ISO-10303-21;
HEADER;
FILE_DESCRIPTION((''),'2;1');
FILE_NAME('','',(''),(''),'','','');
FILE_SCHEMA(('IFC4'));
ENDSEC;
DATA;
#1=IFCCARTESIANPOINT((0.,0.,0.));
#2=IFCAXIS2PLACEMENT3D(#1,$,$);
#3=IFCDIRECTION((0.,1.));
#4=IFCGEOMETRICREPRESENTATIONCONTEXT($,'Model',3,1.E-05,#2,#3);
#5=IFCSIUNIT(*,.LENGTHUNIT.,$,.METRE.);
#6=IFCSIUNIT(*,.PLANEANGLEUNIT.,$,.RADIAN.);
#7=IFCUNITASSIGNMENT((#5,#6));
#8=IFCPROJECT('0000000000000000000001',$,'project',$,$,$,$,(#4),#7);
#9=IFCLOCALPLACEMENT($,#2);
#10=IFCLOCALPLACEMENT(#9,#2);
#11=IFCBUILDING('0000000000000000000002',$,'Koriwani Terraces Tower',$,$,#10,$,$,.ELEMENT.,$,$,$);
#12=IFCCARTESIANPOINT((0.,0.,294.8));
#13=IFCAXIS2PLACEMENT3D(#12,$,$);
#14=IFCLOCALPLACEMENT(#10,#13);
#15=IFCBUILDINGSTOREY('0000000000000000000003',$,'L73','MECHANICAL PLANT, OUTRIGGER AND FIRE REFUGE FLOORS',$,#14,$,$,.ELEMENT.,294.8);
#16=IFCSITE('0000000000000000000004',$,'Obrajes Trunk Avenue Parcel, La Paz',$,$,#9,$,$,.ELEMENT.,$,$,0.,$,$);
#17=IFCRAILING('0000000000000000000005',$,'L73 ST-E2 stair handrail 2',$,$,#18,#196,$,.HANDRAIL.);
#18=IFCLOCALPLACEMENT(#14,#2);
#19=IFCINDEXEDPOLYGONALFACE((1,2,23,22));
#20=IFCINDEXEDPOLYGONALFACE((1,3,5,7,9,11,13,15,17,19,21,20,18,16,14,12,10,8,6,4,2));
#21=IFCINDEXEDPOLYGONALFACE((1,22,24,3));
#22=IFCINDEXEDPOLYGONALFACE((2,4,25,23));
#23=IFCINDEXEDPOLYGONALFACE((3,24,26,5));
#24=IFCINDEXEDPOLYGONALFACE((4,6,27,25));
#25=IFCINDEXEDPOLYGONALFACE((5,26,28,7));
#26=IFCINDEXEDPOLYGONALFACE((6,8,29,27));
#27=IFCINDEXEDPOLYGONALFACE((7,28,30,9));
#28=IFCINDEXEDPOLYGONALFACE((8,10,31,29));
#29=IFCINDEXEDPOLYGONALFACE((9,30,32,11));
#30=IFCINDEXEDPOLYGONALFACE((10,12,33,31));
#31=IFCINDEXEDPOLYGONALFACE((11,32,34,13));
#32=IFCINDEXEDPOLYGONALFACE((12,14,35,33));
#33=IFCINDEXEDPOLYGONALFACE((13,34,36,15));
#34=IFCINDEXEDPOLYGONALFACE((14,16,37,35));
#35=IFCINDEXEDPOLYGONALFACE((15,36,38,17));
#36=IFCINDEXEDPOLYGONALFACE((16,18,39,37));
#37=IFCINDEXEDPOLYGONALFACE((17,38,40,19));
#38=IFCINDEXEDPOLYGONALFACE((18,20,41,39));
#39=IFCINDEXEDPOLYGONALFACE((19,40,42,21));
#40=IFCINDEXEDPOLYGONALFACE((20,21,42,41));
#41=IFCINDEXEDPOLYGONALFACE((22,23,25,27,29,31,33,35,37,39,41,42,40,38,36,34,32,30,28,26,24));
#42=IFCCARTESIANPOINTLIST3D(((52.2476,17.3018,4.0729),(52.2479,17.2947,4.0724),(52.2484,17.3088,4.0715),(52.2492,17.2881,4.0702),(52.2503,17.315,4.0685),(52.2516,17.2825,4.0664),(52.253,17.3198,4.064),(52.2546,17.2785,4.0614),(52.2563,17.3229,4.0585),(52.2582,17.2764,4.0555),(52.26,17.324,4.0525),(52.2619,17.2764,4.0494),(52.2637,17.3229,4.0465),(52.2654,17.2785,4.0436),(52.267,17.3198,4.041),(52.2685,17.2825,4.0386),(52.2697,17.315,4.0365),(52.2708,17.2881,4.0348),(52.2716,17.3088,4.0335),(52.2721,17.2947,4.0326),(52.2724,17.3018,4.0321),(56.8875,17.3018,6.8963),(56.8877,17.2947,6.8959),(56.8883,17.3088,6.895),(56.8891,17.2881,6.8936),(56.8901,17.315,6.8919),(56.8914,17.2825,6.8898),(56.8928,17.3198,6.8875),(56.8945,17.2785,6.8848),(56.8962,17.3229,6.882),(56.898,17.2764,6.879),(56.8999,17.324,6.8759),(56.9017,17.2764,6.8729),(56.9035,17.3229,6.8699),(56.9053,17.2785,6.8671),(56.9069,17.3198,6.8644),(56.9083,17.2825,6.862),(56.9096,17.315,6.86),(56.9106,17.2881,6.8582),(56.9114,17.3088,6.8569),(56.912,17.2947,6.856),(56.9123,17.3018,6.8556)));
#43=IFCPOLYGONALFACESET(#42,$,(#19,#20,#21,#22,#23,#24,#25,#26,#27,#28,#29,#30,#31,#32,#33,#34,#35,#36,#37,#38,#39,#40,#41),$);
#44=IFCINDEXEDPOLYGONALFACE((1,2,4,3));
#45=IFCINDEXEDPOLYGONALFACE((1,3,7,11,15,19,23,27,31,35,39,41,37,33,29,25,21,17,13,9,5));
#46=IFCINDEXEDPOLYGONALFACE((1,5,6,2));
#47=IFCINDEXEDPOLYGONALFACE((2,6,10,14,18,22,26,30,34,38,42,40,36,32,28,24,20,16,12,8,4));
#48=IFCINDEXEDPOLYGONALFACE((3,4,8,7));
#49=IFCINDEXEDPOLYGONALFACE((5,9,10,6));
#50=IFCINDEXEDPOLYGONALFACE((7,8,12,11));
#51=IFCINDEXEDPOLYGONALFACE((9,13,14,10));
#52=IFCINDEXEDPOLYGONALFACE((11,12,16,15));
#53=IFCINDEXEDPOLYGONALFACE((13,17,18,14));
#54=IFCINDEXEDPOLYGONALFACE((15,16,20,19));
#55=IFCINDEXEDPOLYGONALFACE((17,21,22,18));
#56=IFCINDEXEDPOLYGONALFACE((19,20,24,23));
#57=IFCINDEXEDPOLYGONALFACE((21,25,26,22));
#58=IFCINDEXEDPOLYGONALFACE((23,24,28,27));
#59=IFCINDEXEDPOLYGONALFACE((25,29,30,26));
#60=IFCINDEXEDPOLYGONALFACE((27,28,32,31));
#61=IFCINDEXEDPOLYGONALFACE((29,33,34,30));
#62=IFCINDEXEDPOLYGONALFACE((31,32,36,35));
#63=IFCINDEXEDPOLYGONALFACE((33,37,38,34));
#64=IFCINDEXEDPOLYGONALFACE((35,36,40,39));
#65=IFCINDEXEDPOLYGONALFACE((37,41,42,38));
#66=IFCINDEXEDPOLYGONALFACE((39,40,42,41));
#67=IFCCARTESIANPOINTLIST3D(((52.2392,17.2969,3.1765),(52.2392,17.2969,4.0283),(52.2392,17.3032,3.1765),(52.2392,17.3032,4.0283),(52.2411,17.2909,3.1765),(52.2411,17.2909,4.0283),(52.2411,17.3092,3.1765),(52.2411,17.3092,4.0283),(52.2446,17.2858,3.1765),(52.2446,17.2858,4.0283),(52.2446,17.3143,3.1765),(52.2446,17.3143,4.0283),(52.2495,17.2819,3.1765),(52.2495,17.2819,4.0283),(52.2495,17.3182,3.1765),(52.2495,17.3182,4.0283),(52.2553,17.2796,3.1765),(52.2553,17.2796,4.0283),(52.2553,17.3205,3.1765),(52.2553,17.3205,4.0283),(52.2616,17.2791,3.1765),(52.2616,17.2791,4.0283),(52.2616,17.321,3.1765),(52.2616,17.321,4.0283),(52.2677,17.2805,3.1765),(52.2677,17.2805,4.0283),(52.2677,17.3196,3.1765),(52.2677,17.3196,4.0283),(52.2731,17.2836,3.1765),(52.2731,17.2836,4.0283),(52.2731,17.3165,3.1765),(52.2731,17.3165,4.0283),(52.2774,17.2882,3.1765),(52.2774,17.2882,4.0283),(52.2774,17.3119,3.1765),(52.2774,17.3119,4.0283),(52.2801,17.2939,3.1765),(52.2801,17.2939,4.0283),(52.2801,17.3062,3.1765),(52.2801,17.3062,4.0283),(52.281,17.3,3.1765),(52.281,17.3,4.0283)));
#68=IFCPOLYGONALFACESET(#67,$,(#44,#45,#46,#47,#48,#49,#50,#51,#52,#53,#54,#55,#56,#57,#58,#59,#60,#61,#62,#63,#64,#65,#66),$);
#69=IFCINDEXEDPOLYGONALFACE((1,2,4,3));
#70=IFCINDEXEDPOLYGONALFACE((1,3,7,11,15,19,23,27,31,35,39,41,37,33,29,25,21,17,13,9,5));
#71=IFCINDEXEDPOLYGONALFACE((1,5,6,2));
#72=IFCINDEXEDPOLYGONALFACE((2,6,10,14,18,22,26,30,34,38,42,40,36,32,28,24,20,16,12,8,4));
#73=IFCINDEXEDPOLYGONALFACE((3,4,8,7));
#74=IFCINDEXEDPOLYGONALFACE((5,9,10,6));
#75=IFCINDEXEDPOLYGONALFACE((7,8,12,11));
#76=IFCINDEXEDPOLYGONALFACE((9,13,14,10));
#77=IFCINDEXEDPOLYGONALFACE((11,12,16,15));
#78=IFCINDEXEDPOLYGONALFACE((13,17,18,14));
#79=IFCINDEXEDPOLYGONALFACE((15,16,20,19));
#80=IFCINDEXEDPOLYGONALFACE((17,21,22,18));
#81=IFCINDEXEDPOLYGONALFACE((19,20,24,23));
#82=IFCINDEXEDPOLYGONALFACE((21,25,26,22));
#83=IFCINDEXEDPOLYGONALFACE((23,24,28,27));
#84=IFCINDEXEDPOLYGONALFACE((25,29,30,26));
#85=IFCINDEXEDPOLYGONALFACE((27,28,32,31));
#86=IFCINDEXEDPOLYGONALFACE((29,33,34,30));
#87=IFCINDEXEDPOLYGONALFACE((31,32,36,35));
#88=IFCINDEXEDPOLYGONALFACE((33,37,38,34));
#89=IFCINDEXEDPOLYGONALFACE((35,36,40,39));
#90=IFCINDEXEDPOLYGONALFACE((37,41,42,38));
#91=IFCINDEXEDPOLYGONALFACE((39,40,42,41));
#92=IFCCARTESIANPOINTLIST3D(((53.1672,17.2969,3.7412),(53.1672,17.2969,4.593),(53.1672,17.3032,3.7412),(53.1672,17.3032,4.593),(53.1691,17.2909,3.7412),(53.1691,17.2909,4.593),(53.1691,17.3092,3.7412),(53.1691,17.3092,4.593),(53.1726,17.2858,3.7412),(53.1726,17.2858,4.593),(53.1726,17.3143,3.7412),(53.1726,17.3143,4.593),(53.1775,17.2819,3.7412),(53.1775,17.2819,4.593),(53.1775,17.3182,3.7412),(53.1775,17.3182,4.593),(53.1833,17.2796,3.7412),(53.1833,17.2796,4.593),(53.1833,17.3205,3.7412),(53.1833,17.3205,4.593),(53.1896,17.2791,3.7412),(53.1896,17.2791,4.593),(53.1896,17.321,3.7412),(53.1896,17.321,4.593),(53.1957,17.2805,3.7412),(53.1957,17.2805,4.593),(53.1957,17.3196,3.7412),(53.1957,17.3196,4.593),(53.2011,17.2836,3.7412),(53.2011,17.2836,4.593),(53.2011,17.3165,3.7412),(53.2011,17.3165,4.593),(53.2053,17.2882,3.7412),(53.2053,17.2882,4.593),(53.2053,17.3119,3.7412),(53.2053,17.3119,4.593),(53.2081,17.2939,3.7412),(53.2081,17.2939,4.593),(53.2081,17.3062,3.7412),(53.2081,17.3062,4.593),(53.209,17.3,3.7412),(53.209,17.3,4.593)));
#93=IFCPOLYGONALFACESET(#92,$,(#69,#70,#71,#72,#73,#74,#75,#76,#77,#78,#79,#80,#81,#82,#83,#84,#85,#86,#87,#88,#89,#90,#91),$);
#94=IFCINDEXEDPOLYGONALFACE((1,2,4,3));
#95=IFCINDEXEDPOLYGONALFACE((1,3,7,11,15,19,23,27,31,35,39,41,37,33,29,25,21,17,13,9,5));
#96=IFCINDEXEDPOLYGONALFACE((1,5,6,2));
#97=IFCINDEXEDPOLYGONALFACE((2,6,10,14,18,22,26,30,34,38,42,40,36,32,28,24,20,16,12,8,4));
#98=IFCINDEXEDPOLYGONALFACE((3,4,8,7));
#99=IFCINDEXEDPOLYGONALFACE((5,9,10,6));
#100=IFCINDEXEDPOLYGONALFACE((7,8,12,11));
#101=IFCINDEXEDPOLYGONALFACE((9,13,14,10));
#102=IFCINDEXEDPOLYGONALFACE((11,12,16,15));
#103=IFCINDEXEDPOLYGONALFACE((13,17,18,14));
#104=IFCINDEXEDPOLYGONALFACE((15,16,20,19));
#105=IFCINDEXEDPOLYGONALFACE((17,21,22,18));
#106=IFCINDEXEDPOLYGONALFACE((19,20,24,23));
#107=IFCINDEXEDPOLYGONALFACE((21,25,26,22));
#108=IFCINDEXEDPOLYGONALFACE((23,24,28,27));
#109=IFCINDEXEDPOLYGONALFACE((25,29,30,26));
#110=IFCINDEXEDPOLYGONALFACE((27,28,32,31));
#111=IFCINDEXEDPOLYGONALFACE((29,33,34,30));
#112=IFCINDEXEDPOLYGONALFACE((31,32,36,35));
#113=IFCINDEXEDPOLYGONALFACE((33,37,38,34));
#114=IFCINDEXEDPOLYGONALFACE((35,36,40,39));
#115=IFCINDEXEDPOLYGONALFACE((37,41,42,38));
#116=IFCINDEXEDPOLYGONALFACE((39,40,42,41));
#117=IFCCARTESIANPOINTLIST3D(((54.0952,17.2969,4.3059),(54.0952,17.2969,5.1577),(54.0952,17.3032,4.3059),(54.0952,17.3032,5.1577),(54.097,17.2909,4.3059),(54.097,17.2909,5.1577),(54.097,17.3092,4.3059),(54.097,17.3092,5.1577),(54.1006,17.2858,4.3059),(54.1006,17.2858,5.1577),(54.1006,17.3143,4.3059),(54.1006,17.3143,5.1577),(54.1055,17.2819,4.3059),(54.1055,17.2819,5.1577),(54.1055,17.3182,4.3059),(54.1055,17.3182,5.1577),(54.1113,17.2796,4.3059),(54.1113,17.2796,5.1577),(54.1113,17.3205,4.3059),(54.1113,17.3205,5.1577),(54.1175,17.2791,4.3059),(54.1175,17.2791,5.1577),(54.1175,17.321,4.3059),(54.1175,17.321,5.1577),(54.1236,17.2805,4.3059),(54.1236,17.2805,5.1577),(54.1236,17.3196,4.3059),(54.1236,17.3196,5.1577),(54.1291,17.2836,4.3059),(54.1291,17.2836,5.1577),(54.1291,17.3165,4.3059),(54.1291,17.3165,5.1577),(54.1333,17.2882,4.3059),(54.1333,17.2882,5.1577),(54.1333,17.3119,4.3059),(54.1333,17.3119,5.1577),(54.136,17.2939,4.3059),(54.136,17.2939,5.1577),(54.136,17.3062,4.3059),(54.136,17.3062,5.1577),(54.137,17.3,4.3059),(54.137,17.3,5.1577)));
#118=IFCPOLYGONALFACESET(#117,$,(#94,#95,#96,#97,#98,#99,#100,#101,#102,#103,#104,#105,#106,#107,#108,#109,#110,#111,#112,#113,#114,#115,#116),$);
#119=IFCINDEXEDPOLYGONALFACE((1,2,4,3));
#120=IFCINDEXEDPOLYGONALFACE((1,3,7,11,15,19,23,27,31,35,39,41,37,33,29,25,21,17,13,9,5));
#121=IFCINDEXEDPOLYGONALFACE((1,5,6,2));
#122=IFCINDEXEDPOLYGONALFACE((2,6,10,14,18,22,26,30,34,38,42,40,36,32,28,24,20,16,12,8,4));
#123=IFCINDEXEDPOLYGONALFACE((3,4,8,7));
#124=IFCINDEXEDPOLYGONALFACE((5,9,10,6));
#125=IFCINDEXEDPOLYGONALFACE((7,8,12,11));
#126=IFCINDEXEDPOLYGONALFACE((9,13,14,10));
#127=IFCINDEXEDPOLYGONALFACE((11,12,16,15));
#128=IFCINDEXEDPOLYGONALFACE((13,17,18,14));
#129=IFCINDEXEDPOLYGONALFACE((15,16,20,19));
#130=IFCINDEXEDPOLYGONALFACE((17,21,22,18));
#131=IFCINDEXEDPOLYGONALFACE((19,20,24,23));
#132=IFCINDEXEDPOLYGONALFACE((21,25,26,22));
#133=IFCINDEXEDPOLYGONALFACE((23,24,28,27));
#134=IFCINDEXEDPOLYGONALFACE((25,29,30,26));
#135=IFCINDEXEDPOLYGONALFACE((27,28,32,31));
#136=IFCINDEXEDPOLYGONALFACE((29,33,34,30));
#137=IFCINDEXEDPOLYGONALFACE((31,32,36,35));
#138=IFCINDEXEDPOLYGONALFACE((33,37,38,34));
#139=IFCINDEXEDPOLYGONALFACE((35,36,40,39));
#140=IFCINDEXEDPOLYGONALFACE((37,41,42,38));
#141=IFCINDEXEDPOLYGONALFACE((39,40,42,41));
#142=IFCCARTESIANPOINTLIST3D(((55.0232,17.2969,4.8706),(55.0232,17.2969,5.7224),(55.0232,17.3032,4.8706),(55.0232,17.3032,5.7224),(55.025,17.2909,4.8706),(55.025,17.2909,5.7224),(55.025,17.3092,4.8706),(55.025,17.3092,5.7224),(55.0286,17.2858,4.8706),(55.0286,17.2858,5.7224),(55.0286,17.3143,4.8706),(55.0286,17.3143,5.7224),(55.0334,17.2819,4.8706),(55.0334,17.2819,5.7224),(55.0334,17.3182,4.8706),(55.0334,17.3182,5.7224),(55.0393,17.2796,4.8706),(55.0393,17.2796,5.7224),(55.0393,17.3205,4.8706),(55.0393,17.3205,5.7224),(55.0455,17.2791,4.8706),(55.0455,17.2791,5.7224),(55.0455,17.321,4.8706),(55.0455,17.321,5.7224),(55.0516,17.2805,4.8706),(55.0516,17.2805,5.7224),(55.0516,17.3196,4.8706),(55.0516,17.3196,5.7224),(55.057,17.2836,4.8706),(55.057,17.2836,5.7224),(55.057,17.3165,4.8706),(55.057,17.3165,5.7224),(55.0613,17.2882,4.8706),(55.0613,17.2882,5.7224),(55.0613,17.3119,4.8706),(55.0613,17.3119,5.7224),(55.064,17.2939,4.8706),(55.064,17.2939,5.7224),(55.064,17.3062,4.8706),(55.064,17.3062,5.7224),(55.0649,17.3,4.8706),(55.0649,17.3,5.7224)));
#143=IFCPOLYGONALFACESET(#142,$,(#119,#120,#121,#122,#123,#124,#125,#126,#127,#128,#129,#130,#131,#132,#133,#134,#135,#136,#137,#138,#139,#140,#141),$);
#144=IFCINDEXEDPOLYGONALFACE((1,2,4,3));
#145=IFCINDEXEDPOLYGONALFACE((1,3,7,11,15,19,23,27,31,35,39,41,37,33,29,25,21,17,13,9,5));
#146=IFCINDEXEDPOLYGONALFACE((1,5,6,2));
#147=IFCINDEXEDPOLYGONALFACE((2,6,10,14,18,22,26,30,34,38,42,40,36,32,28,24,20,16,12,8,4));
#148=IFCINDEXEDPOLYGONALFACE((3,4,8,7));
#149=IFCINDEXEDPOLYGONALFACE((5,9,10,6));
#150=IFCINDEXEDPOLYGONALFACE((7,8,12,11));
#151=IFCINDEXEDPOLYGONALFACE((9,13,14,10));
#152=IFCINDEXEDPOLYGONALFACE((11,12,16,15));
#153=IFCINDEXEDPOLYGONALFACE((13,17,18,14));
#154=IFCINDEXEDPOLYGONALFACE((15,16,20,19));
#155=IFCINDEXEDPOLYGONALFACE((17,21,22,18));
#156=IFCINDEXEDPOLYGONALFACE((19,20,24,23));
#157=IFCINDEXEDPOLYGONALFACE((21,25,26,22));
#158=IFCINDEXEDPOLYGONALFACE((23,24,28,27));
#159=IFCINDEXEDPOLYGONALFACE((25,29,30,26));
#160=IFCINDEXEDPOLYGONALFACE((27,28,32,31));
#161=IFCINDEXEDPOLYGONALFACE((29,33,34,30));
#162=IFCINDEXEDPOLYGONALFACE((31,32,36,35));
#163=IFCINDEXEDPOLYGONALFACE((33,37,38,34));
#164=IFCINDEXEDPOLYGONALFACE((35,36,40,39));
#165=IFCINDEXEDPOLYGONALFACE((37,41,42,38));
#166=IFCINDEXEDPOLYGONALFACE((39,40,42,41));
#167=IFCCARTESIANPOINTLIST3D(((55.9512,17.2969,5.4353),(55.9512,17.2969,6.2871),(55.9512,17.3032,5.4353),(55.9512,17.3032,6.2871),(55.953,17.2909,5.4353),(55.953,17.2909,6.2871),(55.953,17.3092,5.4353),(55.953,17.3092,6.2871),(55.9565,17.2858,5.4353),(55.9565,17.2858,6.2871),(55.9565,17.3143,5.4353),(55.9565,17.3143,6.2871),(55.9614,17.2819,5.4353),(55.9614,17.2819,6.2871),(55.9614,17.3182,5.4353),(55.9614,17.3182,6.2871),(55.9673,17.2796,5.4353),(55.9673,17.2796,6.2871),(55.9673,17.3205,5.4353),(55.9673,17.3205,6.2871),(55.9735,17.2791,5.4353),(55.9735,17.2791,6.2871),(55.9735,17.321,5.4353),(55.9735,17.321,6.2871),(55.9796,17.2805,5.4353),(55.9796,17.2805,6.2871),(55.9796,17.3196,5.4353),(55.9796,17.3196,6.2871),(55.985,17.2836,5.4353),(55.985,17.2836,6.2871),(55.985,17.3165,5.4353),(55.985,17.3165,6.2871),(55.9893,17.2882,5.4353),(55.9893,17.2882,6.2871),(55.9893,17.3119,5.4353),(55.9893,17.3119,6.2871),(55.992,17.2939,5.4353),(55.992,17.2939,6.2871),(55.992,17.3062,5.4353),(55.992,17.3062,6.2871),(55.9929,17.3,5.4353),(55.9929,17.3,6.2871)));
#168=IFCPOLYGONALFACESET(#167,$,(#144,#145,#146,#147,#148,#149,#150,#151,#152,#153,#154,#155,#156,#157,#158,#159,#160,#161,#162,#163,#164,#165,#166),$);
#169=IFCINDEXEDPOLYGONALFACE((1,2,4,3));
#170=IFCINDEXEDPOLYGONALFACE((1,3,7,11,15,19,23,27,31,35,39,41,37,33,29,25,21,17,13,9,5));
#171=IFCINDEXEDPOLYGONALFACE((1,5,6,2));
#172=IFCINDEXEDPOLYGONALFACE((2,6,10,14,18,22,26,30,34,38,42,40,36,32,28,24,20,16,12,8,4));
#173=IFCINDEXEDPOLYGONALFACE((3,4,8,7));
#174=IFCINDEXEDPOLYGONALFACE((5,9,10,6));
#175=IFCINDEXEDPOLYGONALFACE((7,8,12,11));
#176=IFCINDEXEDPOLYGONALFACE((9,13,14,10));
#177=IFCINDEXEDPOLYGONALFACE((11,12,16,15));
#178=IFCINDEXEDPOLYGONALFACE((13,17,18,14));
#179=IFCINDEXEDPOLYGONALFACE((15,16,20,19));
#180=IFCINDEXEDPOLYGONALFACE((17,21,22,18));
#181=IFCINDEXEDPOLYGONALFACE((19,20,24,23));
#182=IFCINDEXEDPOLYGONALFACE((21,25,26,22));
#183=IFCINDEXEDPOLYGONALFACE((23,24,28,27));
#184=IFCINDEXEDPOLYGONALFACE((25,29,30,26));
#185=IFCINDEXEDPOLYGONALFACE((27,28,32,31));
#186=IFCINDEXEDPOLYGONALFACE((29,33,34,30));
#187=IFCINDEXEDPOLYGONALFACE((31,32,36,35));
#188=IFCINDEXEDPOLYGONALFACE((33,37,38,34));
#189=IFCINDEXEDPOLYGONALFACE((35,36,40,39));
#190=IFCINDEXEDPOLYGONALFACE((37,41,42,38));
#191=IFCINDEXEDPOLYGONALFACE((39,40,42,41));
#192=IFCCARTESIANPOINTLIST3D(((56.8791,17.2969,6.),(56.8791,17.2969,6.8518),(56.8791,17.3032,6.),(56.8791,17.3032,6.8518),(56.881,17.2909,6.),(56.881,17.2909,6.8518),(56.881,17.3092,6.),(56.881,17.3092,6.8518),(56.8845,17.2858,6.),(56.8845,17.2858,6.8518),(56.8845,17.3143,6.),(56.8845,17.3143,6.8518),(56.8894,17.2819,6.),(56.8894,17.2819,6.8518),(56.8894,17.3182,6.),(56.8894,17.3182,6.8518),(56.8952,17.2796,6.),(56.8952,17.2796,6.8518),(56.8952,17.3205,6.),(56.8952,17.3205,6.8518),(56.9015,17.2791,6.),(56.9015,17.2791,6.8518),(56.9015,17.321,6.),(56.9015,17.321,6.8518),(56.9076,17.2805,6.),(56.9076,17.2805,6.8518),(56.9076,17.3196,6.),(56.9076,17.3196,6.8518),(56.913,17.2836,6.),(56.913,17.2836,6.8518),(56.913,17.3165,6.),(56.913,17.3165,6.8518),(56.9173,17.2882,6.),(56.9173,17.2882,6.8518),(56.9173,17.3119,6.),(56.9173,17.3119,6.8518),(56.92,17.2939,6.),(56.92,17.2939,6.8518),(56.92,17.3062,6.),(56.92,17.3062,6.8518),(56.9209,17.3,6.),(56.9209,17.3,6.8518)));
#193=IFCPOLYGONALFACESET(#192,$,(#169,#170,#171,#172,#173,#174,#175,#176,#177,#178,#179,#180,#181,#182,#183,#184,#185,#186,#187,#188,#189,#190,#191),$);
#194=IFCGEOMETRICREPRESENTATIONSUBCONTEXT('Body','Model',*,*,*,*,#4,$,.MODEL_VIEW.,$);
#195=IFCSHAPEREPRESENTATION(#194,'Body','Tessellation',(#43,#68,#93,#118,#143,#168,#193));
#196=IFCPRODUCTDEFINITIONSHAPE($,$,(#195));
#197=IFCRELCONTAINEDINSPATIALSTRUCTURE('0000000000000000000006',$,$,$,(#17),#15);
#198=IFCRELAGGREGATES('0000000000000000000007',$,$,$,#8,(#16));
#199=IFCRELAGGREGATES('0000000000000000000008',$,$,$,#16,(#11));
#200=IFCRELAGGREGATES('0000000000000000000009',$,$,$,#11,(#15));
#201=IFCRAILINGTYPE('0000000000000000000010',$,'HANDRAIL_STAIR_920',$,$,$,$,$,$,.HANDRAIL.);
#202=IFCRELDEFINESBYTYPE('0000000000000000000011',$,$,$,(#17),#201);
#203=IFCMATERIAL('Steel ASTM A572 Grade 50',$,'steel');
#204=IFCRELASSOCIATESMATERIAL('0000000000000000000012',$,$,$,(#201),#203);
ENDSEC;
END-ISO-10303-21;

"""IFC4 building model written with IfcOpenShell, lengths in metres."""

from ifc_helpers import new_model, si_unit, direction, frame, origin, origin_2d, place, context, subcontext, project, spatial, circle, extrude, material, type_object, element, save


model = new_model("IFC4")

# Units and contexts
model_context = context("Model", 3, precision=1e-05, world=origin(), true_north=direction((0.0, 1.0)))
body_context = subcontext(model_context, "Body", "Model", "MODEL_VIEW")
ifc_project = project(units=[si_unit("LENGTHUNIT", "METRE"), si_unit("PLANEANGLEUNIT", "RADIAN")], contexts=[model_context])

# Site, building, storey
site_placement = place(None, origin())
site = spatial("IfcSite", under=ifc_project, at=site_placement, Name="Obrajes Trunk Avenue Parcel, La Paz", CompositionType="ELEMENT", RefElevation=0.0)
building_placement = place(site_placement, origin())
building = spatial("IfcBuilding", under=site, at=building_placement, Name="Koriwani Terraces Tower", CompositionType="ELEMENT")
storey_placement = place(building_placement, frame((0.0, 0.0, 294.8)))
storey = spatial("IfcBuildingStorey", under=building, at=storey_placement, Name="L73", Description="MECHANICAL PLANT, OUTRIGGER AND FIRE REFUGE FLOORS", CompositionType="ELEMENT", Elevation=294.8)

# Shared definitions
ifc_material_1 = material(Name="Steel ASTM A572 Grade 50", Category="steel")

# Railing
railing_type_1 = type_object("IfcRailingType", Name="HANDRAIL_STAIR_920", PredefinedType="HANDRAIL", material=ifc_material_1)
for number, where, name in (
    (1, (52.26, 17.3, 3.1765), "L73 ST-E2 stair handrail 2"),
):
    element("IfcRailing", number, at=place(storey_placement, frame(where)), inside=storey, type_object=railing_type_1, Name=name, PredefinedType="HANDRAIL", context=body_context, shape_type="SweptSolid", body=[
        extrude(circle(Radius=0.0239, at=origin_2d()), frame((0.0, 0.0, 0.876), z_axis=(0.854264, 0.0, 0.51984), x_axis=(0.0, 1.0, 0.0)), (0.0, 0.0, 1.0), 5.4314),
        extrude(circle(Radius=0.021, at=origin_2d()), origin(), (0.0, 0.0, 1.0), 0.8518),
        extrude(circle(Radius=0.021, at=origin_2d()), frame((0.928, 0.0, 0.5647)), (0.0, 0.0, 1.0), 0.8518),
        extrude(circle(Radius=0.021, at=origin_2d()), frame((1.856, 0.0, 1.1294)), (0.0, 0.0, 1.0), 0.8518),
        extrude(circle(Radius=0.021, at=origin_2d()), frame((2.7839, 0.0, 1.6941)), (0.0, 0.0, 1.0), 0.8518),
        extrude(circle(Radius=0.021, at=origin_2d()), frame((3.7119, 0.0, 2.2588)), (0.0, 0.0, 1.0), 0.8518),
        extrude(circle(Radius=0.021, at=origin_2d()), frame((4.6399, 0.0, 2.8235)), (0.0, 0.0, 1.0), 0.8518),
    ])

save(model, "model.ifc")
